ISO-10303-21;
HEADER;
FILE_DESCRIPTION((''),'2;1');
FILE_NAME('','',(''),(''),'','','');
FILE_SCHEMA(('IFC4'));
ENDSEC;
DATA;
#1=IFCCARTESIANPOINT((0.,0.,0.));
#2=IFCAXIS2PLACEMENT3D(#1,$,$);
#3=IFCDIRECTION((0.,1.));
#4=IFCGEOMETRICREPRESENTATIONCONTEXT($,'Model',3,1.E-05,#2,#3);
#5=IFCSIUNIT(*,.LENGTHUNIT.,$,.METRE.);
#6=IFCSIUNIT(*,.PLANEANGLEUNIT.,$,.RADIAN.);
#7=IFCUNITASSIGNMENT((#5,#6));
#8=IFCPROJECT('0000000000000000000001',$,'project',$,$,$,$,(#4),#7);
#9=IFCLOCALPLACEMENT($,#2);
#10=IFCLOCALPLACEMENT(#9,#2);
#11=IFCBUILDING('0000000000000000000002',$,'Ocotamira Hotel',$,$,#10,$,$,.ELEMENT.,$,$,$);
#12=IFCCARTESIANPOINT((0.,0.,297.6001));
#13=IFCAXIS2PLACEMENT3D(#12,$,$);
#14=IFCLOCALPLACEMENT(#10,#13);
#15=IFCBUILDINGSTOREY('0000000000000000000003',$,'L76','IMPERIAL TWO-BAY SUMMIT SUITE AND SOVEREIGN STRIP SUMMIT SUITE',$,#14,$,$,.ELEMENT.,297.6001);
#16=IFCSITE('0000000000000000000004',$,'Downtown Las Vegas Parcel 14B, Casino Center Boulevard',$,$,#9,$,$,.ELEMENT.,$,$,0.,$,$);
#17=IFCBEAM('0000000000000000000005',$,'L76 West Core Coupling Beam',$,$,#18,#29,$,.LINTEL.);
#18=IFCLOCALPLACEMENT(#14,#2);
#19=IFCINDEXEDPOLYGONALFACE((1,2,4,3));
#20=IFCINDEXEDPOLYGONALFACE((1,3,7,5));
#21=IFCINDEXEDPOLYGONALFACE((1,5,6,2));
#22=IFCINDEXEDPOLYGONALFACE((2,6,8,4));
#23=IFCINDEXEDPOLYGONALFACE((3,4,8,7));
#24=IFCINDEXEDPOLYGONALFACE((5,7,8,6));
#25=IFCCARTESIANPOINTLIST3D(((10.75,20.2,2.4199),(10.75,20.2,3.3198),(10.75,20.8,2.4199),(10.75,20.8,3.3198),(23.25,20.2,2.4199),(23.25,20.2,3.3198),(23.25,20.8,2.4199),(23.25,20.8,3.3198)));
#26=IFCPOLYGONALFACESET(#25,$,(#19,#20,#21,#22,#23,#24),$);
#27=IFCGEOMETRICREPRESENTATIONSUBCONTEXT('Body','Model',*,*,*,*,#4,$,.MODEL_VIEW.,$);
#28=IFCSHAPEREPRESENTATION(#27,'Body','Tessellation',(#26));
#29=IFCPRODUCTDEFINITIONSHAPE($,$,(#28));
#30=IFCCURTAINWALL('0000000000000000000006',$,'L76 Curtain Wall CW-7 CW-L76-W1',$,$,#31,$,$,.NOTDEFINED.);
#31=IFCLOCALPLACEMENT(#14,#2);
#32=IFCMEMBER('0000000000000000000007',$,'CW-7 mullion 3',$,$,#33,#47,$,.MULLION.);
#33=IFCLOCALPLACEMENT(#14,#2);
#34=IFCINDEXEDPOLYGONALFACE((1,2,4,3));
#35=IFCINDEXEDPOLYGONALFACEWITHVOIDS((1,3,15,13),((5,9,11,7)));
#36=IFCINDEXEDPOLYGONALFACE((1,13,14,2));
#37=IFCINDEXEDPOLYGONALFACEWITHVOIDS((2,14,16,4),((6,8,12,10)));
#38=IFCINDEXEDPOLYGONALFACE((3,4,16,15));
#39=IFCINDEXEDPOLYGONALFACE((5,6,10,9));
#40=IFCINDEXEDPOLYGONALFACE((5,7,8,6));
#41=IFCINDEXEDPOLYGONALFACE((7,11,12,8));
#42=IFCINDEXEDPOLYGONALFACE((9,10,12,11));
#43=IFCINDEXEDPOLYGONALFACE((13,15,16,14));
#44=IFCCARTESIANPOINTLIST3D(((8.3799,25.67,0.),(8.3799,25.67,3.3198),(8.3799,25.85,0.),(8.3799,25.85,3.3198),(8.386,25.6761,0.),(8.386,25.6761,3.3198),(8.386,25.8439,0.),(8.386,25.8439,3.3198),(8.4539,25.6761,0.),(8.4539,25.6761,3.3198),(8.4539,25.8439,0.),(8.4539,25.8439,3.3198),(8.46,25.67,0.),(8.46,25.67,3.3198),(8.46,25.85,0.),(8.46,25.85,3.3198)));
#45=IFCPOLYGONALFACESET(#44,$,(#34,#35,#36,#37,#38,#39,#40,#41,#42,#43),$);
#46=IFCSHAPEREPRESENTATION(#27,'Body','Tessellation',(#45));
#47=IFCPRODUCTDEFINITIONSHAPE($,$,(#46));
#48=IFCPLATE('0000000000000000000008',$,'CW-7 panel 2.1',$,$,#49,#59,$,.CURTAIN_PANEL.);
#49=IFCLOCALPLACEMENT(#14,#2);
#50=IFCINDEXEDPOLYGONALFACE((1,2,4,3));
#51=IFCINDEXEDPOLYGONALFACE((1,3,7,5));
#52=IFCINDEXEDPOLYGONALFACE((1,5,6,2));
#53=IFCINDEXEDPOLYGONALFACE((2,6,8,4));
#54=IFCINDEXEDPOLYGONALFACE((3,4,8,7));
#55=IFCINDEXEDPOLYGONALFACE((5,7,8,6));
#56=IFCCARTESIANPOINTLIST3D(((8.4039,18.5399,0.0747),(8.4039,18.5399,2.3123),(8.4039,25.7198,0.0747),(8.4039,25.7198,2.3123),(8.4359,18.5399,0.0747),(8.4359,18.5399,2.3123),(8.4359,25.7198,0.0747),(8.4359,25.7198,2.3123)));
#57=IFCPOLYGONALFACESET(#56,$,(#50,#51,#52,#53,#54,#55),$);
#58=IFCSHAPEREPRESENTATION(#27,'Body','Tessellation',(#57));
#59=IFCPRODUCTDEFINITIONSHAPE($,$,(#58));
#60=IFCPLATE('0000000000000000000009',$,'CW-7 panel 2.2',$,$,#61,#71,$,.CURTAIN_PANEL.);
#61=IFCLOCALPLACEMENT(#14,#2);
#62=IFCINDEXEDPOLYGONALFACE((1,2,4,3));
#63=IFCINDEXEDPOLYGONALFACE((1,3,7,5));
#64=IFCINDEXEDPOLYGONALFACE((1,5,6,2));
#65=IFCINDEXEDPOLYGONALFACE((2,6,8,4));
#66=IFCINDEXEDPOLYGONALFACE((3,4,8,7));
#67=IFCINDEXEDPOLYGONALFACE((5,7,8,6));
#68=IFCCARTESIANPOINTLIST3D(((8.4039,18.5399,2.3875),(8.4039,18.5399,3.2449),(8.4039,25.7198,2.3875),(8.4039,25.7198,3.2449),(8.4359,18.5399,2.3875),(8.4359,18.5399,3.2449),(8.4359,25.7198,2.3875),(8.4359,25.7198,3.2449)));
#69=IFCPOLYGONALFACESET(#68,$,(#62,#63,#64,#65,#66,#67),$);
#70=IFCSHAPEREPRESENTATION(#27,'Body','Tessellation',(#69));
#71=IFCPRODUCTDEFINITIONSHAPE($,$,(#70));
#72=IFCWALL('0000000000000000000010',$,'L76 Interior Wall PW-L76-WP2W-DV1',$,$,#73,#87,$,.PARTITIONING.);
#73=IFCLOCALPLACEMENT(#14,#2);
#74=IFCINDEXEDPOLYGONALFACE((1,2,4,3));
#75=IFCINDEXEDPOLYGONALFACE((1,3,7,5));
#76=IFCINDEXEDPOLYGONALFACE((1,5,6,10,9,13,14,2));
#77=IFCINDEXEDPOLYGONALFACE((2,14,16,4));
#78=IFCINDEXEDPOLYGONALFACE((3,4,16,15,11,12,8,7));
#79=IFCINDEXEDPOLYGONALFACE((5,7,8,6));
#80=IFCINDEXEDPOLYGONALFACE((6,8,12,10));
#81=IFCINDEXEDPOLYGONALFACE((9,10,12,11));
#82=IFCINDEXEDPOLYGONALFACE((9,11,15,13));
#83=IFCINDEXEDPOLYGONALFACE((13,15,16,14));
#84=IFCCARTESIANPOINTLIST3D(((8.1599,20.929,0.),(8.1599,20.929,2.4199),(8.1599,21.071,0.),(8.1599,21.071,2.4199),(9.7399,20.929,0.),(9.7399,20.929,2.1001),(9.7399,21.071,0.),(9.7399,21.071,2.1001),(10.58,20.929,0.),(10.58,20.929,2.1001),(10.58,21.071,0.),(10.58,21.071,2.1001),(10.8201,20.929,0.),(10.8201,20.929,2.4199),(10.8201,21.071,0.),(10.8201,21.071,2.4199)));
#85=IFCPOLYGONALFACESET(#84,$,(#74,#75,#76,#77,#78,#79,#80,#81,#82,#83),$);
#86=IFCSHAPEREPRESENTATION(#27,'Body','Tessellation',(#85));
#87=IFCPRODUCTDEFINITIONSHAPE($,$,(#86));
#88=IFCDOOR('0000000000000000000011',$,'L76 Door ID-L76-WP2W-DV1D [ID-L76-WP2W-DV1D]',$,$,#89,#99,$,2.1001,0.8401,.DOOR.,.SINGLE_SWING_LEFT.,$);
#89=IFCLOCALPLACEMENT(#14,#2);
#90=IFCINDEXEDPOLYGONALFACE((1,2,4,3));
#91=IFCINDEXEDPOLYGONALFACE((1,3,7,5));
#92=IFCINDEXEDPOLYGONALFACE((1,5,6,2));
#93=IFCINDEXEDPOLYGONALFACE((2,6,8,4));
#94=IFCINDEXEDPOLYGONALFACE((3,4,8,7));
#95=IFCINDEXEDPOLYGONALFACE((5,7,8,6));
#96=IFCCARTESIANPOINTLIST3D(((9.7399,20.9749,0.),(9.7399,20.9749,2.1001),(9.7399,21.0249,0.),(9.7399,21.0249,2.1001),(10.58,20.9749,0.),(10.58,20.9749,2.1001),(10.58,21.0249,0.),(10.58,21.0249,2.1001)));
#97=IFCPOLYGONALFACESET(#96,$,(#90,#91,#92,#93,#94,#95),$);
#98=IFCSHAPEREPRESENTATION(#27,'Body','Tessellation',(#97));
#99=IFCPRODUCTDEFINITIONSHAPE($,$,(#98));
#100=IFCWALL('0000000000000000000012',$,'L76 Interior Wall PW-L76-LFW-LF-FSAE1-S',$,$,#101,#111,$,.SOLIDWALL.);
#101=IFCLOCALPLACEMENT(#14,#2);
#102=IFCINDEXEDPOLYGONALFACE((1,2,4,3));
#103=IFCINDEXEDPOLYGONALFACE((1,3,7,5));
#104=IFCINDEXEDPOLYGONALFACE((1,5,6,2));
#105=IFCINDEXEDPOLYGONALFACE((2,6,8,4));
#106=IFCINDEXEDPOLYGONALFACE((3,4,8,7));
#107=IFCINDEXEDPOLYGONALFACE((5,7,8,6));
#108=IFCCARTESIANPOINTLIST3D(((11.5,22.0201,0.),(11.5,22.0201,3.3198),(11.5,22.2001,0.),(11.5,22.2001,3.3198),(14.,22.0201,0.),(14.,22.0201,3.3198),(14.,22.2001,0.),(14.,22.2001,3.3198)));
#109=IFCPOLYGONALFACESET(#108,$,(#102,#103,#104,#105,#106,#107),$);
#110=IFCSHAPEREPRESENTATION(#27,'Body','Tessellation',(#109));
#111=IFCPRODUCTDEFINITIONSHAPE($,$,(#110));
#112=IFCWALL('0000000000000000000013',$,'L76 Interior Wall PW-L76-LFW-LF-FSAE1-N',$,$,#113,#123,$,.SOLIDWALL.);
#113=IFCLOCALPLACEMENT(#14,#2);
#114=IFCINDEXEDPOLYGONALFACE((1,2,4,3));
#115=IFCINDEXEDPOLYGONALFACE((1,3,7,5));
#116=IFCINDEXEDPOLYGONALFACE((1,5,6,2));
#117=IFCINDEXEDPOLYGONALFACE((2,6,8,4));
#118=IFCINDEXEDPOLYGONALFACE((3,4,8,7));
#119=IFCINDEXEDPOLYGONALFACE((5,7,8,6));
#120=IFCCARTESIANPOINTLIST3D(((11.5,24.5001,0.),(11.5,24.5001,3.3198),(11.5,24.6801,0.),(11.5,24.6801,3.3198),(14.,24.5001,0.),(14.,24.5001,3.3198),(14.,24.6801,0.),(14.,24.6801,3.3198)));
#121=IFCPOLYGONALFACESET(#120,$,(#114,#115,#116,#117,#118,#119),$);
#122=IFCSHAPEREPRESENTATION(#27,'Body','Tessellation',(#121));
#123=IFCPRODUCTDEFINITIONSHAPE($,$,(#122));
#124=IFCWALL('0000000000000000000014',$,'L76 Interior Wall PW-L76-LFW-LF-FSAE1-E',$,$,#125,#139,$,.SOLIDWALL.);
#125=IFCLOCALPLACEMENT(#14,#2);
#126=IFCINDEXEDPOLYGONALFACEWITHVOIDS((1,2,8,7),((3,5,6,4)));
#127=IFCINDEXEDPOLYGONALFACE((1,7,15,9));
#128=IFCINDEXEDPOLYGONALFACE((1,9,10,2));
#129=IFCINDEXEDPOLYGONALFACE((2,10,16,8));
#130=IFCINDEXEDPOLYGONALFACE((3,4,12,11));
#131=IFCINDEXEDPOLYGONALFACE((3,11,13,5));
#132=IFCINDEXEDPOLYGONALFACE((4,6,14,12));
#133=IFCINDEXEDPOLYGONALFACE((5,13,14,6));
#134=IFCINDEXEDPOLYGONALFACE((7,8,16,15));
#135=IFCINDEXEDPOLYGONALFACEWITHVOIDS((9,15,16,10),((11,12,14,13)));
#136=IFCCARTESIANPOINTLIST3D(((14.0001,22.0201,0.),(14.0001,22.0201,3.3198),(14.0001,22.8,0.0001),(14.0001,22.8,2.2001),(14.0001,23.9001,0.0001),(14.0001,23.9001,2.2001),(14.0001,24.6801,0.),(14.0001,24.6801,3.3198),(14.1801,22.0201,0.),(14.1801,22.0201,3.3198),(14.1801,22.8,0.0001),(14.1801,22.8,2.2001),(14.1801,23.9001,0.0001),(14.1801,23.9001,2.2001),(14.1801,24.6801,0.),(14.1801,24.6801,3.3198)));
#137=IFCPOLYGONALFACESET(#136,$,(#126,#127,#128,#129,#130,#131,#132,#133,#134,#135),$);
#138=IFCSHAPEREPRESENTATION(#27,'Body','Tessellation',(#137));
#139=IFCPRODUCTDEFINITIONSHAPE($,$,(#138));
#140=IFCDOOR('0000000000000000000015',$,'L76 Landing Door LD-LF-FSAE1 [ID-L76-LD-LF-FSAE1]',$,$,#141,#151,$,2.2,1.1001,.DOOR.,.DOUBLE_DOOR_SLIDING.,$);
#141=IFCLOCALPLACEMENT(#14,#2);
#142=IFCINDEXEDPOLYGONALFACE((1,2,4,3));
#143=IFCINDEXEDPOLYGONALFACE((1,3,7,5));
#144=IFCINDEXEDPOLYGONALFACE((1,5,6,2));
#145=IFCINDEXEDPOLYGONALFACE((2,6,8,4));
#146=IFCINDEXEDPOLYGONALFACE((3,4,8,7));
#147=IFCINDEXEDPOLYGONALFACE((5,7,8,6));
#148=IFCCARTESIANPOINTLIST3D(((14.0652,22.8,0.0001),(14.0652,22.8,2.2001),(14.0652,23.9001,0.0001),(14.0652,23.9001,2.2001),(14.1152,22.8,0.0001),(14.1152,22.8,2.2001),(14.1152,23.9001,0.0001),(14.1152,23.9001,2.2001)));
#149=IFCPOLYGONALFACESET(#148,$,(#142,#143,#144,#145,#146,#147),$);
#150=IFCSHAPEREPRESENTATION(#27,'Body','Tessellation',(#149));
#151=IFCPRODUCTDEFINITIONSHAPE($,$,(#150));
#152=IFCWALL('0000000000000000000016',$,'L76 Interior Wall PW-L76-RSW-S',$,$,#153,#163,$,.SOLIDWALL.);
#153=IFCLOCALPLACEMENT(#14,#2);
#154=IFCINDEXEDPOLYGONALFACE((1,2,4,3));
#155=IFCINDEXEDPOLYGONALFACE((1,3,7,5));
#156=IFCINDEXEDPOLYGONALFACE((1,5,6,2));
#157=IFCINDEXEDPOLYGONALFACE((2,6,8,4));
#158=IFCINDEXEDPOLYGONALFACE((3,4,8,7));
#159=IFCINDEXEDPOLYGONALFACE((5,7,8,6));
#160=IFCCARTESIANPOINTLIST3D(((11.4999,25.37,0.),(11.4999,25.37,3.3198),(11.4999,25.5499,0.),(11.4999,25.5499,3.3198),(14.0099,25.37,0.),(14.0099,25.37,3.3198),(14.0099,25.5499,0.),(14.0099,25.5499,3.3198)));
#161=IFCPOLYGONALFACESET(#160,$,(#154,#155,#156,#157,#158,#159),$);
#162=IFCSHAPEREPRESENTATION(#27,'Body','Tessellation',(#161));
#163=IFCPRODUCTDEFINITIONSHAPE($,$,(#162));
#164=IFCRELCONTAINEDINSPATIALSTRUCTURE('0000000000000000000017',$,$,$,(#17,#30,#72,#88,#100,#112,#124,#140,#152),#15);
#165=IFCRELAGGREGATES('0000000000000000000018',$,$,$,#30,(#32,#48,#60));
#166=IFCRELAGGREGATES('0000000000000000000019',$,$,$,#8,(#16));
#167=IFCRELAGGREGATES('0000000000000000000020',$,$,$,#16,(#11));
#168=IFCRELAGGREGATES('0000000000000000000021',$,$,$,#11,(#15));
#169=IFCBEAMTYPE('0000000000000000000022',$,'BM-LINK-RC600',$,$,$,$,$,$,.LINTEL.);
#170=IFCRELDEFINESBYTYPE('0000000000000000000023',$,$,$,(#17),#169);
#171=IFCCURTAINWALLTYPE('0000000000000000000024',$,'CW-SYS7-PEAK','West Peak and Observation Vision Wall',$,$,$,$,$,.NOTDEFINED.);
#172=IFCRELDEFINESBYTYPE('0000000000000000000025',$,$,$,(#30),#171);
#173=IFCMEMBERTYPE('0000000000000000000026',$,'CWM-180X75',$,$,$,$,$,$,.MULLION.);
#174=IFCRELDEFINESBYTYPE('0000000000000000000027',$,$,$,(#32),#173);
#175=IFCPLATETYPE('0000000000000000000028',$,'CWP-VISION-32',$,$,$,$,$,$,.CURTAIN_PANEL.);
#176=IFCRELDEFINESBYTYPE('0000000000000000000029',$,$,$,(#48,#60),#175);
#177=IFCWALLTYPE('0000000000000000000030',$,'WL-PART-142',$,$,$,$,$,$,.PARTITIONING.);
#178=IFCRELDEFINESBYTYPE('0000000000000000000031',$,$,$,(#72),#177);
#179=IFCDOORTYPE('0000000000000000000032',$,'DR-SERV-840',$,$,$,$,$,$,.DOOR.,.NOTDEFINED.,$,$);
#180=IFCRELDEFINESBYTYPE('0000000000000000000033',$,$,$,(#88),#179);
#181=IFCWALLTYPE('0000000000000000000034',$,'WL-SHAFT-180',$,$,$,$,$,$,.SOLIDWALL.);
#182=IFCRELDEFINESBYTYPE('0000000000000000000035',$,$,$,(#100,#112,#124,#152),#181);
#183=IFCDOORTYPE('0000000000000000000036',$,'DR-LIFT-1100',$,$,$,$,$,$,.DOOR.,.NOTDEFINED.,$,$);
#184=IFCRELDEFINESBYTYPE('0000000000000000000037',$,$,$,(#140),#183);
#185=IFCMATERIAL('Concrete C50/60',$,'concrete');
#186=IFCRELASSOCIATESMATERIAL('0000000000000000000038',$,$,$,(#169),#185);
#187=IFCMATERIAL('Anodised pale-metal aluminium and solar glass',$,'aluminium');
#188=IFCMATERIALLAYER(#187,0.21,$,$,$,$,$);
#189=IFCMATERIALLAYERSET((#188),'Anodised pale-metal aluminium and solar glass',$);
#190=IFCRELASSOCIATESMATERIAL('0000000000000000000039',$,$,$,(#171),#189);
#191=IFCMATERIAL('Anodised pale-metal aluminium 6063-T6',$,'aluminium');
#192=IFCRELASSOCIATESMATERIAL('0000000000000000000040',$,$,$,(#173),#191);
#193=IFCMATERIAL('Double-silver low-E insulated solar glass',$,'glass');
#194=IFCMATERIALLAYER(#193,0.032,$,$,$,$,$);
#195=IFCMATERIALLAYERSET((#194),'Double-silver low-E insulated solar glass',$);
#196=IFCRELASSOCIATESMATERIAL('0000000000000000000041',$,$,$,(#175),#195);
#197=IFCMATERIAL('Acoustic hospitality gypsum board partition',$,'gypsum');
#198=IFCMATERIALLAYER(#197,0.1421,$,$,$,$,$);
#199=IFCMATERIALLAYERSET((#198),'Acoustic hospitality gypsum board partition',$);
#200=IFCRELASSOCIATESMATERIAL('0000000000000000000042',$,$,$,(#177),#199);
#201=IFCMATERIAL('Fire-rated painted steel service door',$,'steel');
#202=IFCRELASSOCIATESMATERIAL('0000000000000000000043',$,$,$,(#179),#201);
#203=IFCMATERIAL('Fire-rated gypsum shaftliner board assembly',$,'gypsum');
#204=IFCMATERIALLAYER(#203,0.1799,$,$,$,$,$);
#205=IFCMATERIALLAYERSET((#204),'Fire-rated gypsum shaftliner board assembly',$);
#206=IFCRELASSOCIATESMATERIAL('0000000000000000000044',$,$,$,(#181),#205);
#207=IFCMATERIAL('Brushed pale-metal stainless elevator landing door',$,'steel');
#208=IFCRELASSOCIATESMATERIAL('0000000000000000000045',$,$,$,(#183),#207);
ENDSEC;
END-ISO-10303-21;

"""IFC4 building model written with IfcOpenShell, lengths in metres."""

from ifc_helpers import new_model, si_unit, direction, frame, frame_2d, origin, origin_2d, place, context, subcontext, project, spatial, rectangle, hollow_rectangle, extrude, source, transform, mapped, material, layer, layer_set, material_profile, profile_set, type_object, element, fill, aggregate, save


model = new_model("IFC4")

# Units and contexts
model_context = context("Model", 3, precision=1e-05, world=origin(), true_north=direction((0.0, 1.0)))
body_context = subcontext(model_context, "Body", "Model", "MODEL_VIEW")
ifc_project = project(units=[si_unit("LENGTHUNIT", "METRE"), si_unit("PLANEANGLEUNIT", "RADIAN")], contexts=[model_context])

# Site, building, storey
site_placement = place(None, origin())
site = spatial("IfcSite", under=ifc_project, at=site_placement, Name="Downtown Las Vegas Parcel 14B, Casino Center Boulevard", CompositionType="ELEMENT", RefElevation=0.0)
building_placement = place(site_placement, origin())
building = spatial("IfcBuilding", under=site, at=building_placement, Name="Ocotamira Hotel", CompositionType="ELEMENT")
storey_placement = place(building_placement, frame((0.0, 0.0, 297.6001)))
storey = spatial("IfcBuildingStorey", under=building, at=storey_placement, Name="L76", Description="IMPERIAL TWO-BAY SUMMIT SUITE AND SOVEREIGN STRIP SUMMIT SUITE", CompositionType="ELEMENT", Elevation=297.6001)

# Beam
ifc_material_1 = material(Name="Concrete C50/60", Category="concrete")
ifc_material_profile_1 = material_profile(ifc_material_1, rectangle(XDim=0.6001, YDim=0.8999, at=origin_2d()), Name="RC600X900")
ifc_profile_set_1 = profile_set([ifc_material_profile_1], Name="Concrete C50/60")
beam_type = type_object("IfcBeamType", Name="BM-LINK-RC600", PredefinedType="LINTEL", material=ifc_profile_set_1)
shared_shape_1 = source(origin(), body_context, "Body", "SweptSolid", [
    extrude(rectangle(XDim=0.6001, YDim=0.8999, at=origin_2d()), origin(), (0.0, 0.0, 1.0), 12.5),
])
beam_placement = place(storey_placement, frame((10.75, 20.5, 2.8699), z_axis=(1.0, 0.0, 0.0), x_axis=(0.0, 1.0, 0.0)))
element("IfcBeam", 1, at=beam_placement, inside=storey, type_object=beam_type, Name="L76 West Core Coupling Beam", PredefinedType="LINTEL", context=body_context, shape_type="MappedRepresentation", body=[
    mapped(shared_shape_1, transform((0.0, 0.0, 0.0), scale=1.0)),
])

# Curtain wall, member, plates
ifc_material_2 = material(Name="Anodised pale-metal aluminium and solar glass", Category="aluminium")
ifc_layer_1 = layer(ifc_material_2, 0.21)
ifc_layer_set_1 = layer_set([ifc_layer_1], Name="Anodised pale-metal aluminium and solar glass")
curtain_wall_type = type_object("IfcCurtainWallType", Name="CW-SYS7-PEAK", Description="West Peak and Observation Vision Wall", PredefinedType="NOTDEFINED", material=ifc_layer_set_1)
curtain_wall_placement = place(storey_placement, origin())
curtain_wall = element("IfcCurtainWall", 2, at=curtain_wall_placement, inside=storey, type_object=curtain_wall_type, Name="L76 Curtain Wall CW-7 CW-L76-W1", PredefinedType="NOTDEFINED")
ifc_material_3 = material(Name="Anodised pale-metal aluminium 6063-T6", Category="aluminium")
ifc_material_profile_2 = material_profile(ifc_material_3, hollow_rectangle(XDim=0.0801, YDim=0.1799, WallThickness=0.0061, at=origin_2d()), Name="HSS180X80X6")
ifc_profile_set_2 = profile_set([ifc_material_profile_2], Name="Anodised pale-metal aluminium 6063-T6")
member_type = type_object("IfcMemberType", Name="CWM-180X75", PredefinedType="MULLION", material=ifc_profile_set_2)
shared_shape_2 = source(origin(), body_context, "Body", "SweptSolid", [
    extrude(hollow_rectangle(XDim=0.0801, YDim=0.1799, WallThickness=0.0061, at=origin_2d()), origin(), (0.0, 0.0, 1.0), 3.3198),
])
member_placement = place(storey_placement, frame((8.4199, 25.76, 0.0), z_axis=(0.0, 0.0, 1.0), x_axis=(-1.0, 0.0, 0.0)))
member = element("IfcMember", 3, at=member_placement, type_object=member_type, Name="CW-7 mullion 3", PredefinedType="MULLION", context=body_context, shape_type="MappedRepresentation", body=[
    mapped(shared_shape_2, transform((0.0, 0.0, 0.0), scale=1.0)),
])
ifc_material_4 = material(Name="Double-silver low-E insulated solar glass", Category="glass")
ifc_layer_2 = layer(ifc_material_4, 0.032)
ifc_layer_set_2 = layer_set([ifc_layer_2], Name="Double-silver low-E insulated solar glass")
plate_type = type_object("IfcPlateType", Name="CWP-VISION-32", PredefinedType="CURTAIN_PANEL", material=ifc_layer_set_2)
shared_shape_3 = source(origin(), body_context, "Body", "SweptSolid", [
    extrude(rectangle(XDim=7.1799, YDim=0.032, at=origin_2d()), origin(), (0.0, 0.0, 1.0), 2.2375),
])
plate_1_placement = place(storey_placement, frame((8.4199, 22.1299, 0.0747), z_axis=(0.0, 0.0, 1.0), x_axis=(0.0, 1.0, 0.0)))
plate_1 = element("IfcPlate", 4, at=plate_1_placement, type_object=plate_type, Name="CW-7 panel 2.1", PredefinedType="CURTAIN_PANEL", context=body_context, shape_type="MappedRepresentation", body=[
    mapped(shared_shape_3, transform((0.0, 0.0, 0.0), scale=1.0)),
])
shared_shape_4 = source(origin(), body_context, "Body", "SweptSolid", [
    extrude(rectangle(XDim=7.1799, YDim=0.032, at=origin_2d()), origin(), (0.0, 0.0, 1.0), 0.8574),
])
plate_2_placement = place(storey_placement, frame((8.4199, 22.1299, 2.3875), z_axis=(0.0, 0.0, 1.0), x_axis=(0.0, 1.0, 0.0)))
plate_2 = element("IfcPlate", 5, at=plate_2_placement, type_object=plate_type, Name="CW-7 panel 2.2", PredefinedType="CURTAIN_PANEL", context=body_context, shape_type="MappedRepresentation", body=[
    mapped(shared_shape_4, transform((0.0, 0.0, 0.0), scale=1.0)),
])
aggregate(curtain_wall, [member, plate_1, plate_2])

# Wall, opening, door
ifc_material_5 = material(Name="Acoustic hospitality gypsum board partition", Category="gypsum")
ifc_layer_3 = layer(ifc_material_5, 0.1421)
ifc_layer_set_3 = layer_set([ifc_layer_3], Name="Acoustic hospitality gypsum board partition")
wall_type_1 = type_object("IfcWallType", Name="WL-PART-142", PredefinedType="PARTITIONING", material=ifc_layer_set_3)
wall_1_placement = place(storey_placement, frame((8.1599, 21.0, 0.0), z_axis=(0.0, 0.0, 1.0), x_axis=(1.0, 0.0, 0.0)))
wall_1 = element("IfcWall", 6, at=wall_1_placement, inside=storey, type_object=wall_type_1, Name="L76 Interior Wall PW-L76-WP2W-DV1", PredefinedType="PARTITIONING", context=body_context, shape_type="SweptSolid", body=[
    extrude(rectangle(XDim=2.6602, YDim=0.1421, at=frame_2d((1.3301, 0.0))), origin(), (0.0, 0.0, 1.0), 2.4199),
])
opening_1_placement = place(wall_1_placement, frame((1.5801, 0.0, 0.0)))
opening_1 = element("IfcOpeningElement", 7, at=opening_1_placement, cuts=wall_1, PredefinedType="OPENING", context=body_context, shape_type="SweptSolid", body=[
    extrude(rectangle(XDim=0.8401, YDim=2.1001, at=frame_2d((0.4199, 1.05))), frame((0.0, 0.0811, 0.0), z_axis=(0.0, -1.0, 0.0), x_axis=(1.0, 0.0, 0.0)), (0.0, 0.0, 1.0), 0.1621),
])
ifc_material_6 = material(Name="Fire-rated painted steel service door", Category="steel")
door_type_1 = type_object("IfcDoorType", Name="DR-SERV-840", OperationType="NOTDEFINED", PredefinedType="DOOR", material=ifc_material_6)
shared_shape_5 = source(origin(), body_context, "Body", "SweptSolid", [
    extrude(rectangle(XDim=0.8401, YDim=2.1001, at=frame_2d((0.4199, 1.05))), frame((0.0, 0.0249, 0.0), z_axis=(0.0, -1.0, 0.0), x_axis=(1.0, 0.0, 0.0)), (0.0, 0.0, 1.0), 0.05),
])
door_1_placement = place(opening_1_placement, origin())
door_1 = element("IfcDoor", 8, at=door_1_placement, inside=storey, type_object=door_type_1, Name="L76 Door ID-L76-WP2W-DV1D [ID-L76-WP2W-DV1D]", OperationType="SINGLE_SWING_LEFT", OverallHeight=2.1001, OverallWidth=0.8401, PredefinedType="DOOR", context=body_context, shape_type="MappedRepresentation", body=[
    mapped(shared_shape_5, transform((0.0, 0.0, 0.0), scale=1.0)),
])
fill(opening_1, door_1)

# Walls
ifc_material_7 = material(Name="Fire-rated gypsum shaftliner board assembly", Category="gypsum")
ifc_layer_4 = layer(ifc_material_7, 0.1799)
ifc_layer_set_4 = layer_set([ifc_layer_4], Name="Fire-rated gypsum shaftliner board assembly")
wall_type_2 = type_object("IfcWallType", Name="WL-SHAFT-180", PredefinedType="SOLIDWALL", material=ifc_layer_set_4)
for number, where, z_axis, x_axis, name in (
    (9, (11.5, 22.1101, 0.0), (0.0, 0.0, 1.0), (1.0, 0.0, 0.0), "L76 Interior Wall PW-L76-LFW-LF-FSAE1-S"),
    (10, (11.5, 24.5901, 0.0), (0.0, 0.0, 1.0), (1.0, 0.0, 0.0), "L76 Interior Wall PW-L76-LFW-LF-FSAE1-N"),
):
    element("IfcWall", number, at=place(storey_placement, frame(where, z_axis=z_axis, x_axis=x_axis)), inside=storey, type_object=wall_type_2, Name=name, PredefinedType="SOLIDWALL", context=body_context, shape_type="SweptSolid", body=[
        extrude(rectangle(XDim=2.5, YDim=0.1799, at=frame_2d((1.25, 0.0))), origin(), (0.0, 0.0, 1.0), 3.3198),
    ])

# Wall, opening, door
wall_2_placement = place(storey_placement, frame((14.0901, 22.02, 0.0), z_axis=(0.0, 0.0, 1.0), x_axis=(0.0, 1.0, 0.0)))
wall_2 = element("IfcWall", 11, at=wall_2_placement, inside=storey, type_object=wall_type_2, Name="L76 Interior Wall PW-L76-LFW-LF-FSAE1-E", PredefinedType="SOLIDWALL", context=body_context, shape_type="SweptSolid", body=[
    extrude(rectangle(XDim=2.6599, YDim=0.1799, at=frame_2d((1.3301, 0.0))), origin(), (0.0, 0.0, 1.0), 3.3198),
])
opening_2_placement = place(wall_2_placement, frame((0.78, 0.0, 0.0)))
opening_2 = element("IfcOpeningElement", 12, at=opening_2_placement, cuts=wall_2, PredefinedType="OPENING", context=body_context, shape_type="SweptSolid", body=[
    extrude(rectangle(XDim=1.1001, YDim=2.2, at=frame_2d((0.55, 1.1001))), frame((0.0, 0.1001, 0.0), z_axis=(0.0, -1.0, 0.0), x_axis=(1.0, 0.0, 0.0)), (0.0, 0.0, 1.0), 0.2),
])
ifc_material_8 = material(Name="Brushed pale-metal stainless elevator landing door", Category="steel")
door_type_2 = type_object("IfcDoorType", Name="DR-LIFT-1100", OperationType="NOTDEFINED", PredefinedType="DOOR", material=ifc_material_8)
shared_shape_6 = source(origin(), body_context, "Body", "SweptSolid", [
    extrude(rectangle(XDim=1.1001, YDim=2.2, at=frame_2d((0.55, 1.1001))), frame((0.0, 0.0249, 0.0), z_axis=(0.0, -1.0, 0.0), x_axis=(1.0, 0.0, 0.0)), (0.0, 0.0, 1.0), 0.05),
])
door_2_placement = place(opening_2_placement, origin())
door_2 = element("IfcDoor", 13, at=door_2_placement, inside=storey, type_object=door_type_2, Name="L76 Landing Door LD-LF-FSAE1 [ID-L76-LD-LF-FSAE1]", OperationType="DOUBLE_DOOR_SLIDING", OverallHeight=2.2, OverallWidth=1.1001, PredefinedType="DOOR", context=body_context, shape_type="MappedRepresentation", body=[
    mapped(shared_shape_6, transform((0.0, 0.0, 0.0), scale=1.0)),
])
fill(opening_2, door_2)

# Wall
wall_3_placement = place(storey_placement, frame((11.5, 25.46, 0.0), z_axis=(0.0, 0.0, 1.0), x_axis=(1.0, 0.0, 0.0)))
element("IfcWall", 14, at=wall_3_placement, inside=storey, type_object=wall_type_2, Name="L76 Interior Wall PW-L76-RSW-S", PredefinedType="SOLIDWALL", context=body_context, shape_type="SweptSolid", body=[
    extrude(rectangle(XDim=2.51, YDim=0.1799, at=frame_2d((1.2549, 0.0))), origin(), (0.0, 0.0, 1.0), 3.3198),
])

save(model, "model.ifc")
